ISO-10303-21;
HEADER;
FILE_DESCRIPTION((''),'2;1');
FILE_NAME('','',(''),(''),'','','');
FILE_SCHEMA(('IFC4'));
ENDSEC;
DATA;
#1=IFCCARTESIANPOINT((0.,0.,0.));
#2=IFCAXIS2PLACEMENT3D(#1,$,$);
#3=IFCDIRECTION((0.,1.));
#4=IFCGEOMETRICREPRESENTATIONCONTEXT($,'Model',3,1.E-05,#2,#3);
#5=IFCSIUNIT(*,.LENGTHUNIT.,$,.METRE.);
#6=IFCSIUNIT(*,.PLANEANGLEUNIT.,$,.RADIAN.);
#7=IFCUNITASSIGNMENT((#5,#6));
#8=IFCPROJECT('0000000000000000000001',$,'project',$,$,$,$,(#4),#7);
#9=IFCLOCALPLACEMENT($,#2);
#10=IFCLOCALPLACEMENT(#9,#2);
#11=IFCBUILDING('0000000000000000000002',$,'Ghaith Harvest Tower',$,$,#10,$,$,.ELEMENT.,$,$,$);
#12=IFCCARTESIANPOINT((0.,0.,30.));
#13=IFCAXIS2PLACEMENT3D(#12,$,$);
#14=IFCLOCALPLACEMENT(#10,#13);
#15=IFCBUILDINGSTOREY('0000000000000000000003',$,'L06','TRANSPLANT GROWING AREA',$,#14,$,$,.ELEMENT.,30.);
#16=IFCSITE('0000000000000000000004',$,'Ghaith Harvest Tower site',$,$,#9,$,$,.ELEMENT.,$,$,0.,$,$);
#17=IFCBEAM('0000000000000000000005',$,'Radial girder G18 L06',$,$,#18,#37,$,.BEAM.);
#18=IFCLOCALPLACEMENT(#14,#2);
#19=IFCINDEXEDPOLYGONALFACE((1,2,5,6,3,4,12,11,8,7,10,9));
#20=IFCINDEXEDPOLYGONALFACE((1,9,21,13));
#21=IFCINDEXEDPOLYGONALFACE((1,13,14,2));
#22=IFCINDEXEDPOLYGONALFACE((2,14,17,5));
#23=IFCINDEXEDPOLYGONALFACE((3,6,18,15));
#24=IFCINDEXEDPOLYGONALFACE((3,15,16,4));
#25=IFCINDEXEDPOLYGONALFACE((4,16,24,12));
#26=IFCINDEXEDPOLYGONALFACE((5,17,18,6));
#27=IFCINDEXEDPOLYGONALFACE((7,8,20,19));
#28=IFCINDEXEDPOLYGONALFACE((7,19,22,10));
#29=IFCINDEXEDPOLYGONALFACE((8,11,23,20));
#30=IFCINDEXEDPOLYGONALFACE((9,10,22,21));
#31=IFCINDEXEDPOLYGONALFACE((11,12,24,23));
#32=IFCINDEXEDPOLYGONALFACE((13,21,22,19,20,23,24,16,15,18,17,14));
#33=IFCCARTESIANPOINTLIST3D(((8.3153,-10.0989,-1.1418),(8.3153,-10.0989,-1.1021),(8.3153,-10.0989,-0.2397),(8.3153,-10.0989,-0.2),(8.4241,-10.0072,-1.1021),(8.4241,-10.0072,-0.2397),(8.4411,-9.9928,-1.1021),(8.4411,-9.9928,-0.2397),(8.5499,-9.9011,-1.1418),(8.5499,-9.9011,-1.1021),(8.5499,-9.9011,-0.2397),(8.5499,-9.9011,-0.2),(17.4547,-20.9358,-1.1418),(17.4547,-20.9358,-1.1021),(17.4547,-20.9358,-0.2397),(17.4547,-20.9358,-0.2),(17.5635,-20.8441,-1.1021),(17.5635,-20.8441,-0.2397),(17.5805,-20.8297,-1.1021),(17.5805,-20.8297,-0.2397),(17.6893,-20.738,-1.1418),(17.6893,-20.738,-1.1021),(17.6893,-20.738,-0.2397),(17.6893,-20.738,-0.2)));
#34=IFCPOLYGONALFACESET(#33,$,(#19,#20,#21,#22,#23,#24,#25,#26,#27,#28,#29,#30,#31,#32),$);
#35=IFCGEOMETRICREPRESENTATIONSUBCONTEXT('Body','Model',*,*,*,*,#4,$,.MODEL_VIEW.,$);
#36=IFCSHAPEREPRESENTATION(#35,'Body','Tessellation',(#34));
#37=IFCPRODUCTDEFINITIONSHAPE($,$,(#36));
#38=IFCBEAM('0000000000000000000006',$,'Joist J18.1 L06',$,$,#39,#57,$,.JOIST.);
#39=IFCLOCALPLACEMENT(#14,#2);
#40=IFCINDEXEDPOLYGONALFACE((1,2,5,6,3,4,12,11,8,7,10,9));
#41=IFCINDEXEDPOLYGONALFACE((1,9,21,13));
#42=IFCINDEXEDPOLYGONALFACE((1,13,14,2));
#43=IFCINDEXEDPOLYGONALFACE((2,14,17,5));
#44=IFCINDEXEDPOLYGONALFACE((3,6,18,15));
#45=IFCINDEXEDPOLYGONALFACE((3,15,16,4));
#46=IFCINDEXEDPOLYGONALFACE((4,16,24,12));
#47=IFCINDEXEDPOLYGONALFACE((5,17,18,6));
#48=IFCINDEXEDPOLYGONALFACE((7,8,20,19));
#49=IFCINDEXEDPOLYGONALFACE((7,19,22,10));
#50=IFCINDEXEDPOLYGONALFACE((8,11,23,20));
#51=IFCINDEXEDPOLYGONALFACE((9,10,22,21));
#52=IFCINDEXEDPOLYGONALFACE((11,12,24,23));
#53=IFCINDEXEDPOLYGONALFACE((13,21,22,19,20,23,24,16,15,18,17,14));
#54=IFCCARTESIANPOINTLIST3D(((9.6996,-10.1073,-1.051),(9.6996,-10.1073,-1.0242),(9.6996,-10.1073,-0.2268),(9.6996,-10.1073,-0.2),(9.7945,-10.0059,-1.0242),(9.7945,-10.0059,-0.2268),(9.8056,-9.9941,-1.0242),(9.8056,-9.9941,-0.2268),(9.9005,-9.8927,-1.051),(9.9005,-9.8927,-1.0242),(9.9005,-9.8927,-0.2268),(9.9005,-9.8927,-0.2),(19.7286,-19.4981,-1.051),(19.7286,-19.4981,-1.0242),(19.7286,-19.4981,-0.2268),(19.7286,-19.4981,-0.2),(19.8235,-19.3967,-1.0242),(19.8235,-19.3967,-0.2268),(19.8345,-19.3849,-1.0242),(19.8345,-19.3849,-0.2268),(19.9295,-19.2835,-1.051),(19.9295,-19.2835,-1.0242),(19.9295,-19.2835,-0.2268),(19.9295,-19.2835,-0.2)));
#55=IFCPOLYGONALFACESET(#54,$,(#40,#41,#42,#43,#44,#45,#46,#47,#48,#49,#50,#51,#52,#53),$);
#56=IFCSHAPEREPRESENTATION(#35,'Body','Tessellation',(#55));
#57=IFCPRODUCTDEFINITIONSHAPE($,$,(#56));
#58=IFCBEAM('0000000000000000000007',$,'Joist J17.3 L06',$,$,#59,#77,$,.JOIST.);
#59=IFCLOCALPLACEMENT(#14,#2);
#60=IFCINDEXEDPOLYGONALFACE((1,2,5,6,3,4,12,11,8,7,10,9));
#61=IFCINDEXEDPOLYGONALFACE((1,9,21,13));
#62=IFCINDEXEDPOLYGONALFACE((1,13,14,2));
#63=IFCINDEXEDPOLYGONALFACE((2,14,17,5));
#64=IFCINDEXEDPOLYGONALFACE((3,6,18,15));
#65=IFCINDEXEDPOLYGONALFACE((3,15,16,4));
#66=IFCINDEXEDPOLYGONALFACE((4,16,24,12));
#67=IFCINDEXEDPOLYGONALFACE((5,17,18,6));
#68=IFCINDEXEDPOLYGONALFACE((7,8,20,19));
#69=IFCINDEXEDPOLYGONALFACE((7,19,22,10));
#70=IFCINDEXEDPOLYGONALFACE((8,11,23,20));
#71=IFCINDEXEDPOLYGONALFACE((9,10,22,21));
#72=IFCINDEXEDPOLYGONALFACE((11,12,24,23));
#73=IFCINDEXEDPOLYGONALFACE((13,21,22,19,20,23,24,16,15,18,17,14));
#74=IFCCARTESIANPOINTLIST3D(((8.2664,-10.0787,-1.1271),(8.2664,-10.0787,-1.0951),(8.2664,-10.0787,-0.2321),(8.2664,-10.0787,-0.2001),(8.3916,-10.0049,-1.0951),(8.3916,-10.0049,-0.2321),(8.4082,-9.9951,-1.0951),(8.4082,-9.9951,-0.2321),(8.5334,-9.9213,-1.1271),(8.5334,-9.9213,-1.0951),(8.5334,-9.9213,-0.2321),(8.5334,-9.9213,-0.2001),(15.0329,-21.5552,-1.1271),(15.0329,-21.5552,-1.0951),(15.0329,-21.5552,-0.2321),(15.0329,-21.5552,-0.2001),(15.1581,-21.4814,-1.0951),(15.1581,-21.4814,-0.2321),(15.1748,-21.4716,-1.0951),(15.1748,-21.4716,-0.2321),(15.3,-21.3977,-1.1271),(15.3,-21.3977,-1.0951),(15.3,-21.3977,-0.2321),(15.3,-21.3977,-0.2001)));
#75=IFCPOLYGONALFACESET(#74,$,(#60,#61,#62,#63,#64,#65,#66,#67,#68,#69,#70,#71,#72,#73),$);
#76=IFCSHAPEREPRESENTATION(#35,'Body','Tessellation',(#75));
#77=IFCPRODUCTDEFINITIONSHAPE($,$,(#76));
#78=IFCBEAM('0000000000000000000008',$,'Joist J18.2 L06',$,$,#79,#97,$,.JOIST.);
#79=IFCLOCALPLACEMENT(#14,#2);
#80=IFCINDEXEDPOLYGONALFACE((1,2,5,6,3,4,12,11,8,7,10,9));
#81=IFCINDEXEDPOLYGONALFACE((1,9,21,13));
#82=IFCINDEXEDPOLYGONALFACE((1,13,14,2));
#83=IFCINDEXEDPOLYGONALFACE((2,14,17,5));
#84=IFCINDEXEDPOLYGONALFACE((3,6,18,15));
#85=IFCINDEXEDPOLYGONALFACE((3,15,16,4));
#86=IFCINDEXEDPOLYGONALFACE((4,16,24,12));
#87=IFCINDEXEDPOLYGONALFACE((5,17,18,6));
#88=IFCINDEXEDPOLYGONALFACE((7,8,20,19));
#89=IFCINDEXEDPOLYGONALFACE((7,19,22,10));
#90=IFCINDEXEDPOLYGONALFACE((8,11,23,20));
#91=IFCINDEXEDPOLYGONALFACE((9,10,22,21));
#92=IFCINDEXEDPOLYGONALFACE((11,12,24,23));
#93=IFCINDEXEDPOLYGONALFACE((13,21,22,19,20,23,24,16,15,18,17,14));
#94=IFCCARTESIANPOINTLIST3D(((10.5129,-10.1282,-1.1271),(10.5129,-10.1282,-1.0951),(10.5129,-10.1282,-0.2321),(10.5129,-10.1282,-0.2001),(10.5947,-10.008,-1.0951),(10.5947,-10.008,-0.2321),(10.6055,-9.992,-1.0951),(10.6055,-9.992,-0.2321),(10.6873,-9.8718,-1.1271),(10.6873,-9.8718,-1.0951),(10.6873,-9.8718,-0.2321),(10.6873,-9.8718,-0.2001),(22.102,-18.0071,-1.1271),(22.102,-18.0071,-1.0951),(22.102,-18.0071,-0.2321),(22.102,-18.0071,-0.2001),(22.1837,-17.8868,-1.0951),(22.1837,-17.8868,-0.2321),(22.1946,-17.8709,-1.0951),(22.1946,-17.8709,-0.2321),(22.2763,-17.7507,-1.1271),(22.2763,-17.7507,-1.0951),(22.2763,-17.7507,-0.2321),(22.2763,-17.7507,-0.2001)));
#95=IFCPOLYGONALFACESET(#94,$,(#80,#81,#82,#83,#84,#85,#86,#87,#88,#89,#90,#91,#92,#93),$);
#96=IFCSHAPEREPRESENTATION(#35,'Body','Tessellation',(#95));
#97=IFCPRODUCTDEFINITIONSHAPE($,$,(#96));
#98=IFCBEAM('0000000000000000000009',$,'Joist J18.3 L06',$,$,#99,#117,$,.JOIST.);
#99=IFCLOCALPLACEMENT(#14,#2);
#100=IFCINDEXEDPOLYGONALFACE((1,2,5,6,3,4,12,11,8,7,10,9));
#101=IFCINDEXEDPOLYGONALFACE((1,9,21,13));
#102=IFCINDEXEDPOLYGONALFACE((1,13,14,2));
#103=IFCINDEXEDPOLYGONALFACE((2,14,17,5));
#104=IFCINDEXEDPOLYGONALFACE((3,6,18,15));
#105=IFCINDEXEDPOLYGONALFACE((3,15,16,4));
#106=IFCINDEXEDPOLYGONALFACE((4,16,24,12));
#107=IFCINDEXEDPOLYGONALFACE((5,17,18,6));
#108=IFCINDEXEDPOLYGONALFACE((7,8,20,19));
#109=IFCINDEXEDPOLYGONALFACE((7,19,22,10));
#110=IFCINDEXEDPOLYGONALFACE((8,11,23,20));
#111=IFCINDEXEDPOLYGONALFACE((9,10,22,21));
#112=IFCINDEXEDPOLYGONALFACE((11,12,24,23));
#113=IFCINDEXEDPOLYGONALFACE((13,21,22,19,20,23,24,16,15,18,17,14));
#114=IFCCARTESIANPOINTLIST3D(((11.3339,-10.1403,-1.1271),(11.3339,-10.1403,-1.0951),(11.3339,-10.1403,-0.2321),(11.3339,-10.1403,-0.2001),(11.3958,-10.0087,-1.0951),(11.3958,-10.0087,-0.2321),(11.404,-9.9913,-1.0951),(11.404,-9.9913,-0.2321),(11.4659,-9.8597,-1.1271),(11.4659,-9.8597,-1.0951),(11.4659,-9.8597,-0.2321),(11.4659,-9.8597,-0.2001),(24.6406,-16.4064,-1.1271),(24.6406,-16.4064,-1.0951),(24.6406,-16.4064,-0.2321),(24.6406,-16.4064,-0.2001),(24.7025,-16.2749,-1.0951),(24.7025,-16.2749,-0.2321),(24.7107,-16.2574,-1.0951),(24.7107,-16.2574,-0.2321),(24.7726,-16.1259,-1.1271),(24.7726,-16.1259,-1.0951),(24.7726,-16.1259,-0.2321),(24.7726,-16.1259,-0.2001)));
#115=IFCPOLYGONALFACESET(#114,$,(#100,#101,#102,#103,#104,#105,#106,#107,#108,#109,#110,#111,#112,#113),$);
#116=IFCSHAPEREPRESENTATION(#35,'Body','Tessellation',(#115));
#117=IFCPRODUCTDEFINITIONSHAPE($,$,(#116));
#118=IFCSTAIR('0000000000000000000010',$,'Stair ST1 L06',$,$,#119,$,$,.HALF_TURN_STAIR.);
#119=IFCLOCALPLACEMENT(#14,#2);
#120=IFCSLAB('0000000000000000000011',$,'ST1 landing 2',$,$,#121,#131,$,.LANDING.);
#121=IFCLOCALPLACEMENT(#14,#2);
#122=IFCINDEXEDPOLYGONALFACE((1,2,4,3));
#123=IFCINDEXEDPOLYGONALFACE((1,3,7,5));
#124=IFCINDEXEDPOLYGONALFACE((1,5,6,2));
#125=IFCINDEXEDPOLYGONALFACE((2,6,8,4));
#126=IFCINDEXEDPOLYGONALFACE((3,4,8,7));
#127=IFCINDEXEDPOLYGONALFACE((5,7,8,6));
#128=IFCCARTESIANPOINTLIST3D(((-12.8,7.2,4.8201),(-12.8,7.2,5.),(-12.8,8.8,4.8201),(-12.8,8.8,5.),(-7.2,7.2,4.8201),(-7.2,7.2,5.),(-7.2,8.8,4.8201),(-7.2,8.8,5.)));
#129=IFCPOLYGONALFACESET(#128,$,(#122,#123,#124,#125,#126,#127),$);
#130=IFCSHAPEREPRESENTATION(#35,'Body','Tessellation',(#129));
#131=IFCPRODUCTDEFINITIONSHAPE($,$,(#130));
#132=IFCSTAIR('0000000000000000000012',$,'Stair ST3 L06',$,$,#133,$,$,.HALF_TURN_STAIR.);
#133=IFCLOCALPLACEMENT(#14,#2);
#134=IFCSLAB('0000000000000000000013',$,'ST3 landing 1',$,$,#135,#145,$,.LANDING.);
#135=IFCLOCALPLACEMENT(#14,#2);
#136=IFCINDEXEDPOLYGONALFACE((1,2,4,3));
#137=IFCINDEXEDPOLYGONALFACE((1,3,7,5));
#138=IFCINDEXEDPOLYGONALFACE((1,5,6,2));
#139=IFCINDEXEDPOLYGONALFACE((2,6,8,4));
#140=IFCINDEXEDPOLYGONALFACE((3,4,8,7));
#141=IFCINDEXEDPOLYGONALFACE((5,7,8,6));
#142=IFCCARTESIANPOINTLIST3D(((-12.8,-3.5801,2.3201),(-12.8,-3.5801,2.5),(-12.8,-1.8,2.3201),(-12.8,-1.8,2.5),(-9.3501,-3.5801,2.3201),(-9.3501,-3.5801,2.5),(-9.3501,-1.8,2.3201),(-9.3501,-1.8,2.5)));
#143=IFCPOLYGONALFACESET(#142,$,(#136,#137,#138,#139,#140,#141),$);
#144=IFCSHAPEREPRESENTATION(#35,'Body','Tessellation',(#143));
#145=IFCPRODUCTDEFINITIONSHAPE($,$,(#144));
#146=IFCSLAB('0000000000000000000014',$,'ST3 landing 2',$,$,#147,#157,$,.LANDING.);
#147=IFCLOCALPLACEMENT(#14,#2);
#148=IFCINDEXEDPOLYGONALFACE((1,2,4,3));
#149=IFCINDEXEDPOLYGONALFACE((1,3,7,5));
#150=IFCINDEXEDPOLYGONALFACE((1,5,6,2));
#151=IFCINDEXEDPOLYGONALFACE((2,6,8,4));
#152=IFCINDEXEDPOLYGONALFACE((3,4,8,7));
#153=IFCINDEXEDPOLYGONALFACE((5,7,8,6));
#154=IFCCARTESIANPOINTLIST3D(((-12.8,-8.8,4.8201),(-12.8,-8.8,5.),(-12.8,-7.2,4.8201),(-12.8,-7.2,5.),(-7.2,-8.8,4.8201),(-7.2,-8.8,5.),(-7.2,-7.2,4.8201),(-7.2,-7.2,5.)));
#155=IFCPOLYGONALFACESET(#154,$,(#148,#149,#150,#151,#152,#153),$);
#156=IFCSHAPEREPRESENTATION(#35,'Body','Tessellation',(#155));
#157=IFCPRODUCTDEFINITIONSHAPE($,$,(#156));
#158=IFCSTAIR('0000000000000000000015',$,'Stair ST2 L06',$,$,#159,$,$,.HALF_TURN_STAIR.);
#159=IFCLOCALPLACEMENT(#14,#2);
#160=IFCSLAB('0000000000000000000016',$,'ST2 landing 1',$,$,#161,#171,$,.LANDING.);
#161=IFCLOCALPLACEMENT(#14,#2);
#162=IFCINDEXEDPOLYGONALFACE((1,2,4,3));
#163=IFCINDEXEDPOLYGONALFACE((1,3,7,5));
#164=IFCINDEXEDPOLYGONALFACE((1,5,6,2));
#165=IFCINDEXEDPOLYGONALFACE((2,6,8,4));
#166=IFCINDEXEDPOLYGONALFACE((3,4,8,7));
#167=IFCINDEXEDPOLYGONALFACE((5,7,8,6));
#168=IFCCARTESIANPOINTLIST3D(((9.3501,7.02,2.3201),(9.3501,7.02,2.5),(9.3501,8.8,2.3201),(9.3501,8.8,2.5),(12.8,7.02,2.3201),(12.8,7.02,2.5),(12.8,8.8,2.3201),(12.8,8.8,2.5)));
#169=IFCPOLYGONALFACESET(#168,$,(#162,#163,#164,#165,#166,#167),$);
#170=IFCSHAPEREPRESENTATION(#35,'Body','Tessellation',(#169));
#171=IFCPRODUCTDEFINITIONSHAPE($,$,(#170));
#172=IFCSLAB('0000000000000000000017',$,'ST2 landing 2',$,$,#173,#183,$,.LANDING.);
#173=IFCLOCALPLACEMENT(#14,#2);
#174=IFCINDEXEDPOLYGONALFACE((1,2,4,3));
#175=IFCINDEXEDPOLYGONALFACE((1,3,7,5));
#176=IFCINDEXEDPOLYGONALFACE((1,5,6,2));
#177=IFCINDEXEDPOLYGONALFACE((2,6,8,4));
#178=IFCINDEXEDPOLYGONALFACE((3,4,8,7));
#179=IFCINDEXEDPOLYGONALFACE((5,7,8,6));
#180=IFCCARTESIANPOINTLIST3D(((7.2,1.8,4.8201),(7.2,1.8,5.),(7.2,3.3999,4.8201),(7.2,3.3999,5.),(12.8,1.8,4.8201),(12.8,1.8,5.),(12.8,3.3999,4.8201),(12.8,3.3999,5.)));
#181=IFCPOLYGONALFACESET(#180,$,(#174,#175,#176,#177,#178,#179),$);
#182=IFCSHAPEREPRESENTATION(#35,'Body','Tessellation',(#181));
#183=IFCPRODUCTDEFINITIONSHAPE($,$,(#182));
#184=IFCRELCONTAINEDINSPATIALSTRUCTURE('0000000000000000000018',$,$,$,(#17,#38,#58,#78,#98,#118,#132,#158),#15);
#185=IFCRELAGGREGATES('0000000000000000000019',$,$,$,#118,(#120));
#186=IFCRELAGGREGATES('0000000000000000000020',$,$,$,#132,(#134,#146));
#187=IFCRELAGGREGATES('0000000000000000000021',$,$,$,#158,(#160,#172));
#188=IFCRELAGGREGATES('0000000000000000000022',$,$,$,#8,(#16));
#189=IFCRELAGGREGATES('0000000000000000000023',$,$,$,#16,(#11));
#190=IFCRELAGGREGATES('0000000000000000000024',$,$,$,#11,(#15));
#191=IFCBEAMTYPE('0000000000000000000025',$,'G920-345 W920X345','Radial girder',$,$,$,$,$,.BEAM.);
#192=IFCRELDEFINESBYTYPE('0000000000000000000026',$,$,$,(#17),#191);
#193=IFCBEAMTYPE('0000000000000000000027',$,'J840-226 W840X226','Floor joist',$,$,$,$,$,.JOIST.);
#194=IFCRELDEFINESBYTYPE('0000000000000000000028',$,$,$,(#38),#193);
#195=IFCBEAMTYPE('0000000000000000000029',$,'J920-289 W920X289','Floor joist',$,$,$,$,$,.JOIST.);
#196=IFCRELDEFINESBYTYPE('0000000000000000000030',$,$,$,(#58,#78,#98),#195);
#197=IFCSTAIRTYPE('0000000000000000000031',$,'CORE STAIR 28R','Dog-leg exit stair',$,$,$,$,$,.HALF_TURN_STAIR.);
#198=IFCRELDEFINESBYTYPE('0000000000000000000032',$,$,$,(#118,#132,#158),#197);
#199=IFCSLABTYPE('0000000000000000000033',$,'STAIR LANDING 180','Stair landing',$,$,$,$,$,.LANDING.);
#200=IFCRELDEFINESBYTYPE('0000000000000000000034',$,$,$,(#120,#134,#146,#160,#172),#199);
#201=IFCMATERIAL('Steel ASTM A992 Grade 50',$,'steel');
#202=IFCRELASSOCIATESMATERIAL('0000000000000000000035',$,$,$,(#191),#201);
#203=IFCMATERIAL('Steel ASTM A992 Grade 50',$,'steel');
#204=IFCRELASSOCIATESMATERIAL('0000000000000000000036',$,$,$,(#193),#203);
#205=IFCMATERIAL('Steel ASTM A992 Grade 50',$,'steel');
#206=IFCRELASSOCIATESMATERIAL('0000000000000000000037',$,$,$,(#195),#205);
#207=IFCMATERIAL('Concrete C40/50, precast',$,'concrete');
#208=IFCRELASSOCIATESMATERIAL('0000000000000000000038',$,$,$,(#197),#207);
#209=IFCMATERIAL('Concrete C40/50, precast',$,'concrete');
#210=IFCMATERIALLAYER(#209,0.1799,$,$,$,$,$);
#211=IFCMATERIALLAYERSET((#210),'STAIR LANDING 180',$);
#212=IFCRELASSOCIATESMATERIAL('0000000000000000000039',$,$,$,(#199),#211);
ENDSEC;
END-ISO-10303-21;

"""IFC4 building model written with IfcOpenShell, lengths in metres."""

from ifc_helpers import new_model, si_unit, direction, frame, origin, origin_2d, place, context, subcontext, project, spatial, polyline, i_section, outline, extrude, material, layer, layer_set, material_profile, profile_set, type_object, element, aggregate, save


model = new_model("IFC4")

# Units and contexts
model_context = context("Model", 3, precision=1e-05, world=origin(), true_north=direction((0.0, 1.0)))
body_context = subcontext(model_context, "Body", "Model", "MODEL_VIEW")
ifc_project = project(units=[si_unit("LENGTHUNIT", "METRE"), si_unit("PLANEANGLEUNIT", "RADIAN")], contexts=[model_context])

# Site, building, storey
site_placement = place(None, origin())
site = spatial("IfcSite", under=ifc_project, at=site_placement, Name="Ghaith Harvest Tower site", CompositionType="ELEMENT", RefElevation=0.0)
building_placement = place(site_placement, origin())
building = spatial("IfcBuilding", under=site, at=building_placement, Name="Ghaith Harvest Tower", CompositionType="ELEMENT")
storey_placement = place(building_placement, frame((0.0, 0.0, 30.0)))
storey = spatial("IfcBuildingStorey", under=building, at=storey_placement, Name="L06", Description="TRANSPLANT GROWING AREA", CompositionType="ELEMENT", Elevation=30.0)

# Beams
ifc_material_1 = material(Name="Steel ASTM A992 Grade 50", Category="steel")
ifc_material_profile_1 = material_profile(ifc_material_1, i_section(OverallWidth=0.3069, OverallDepth=0.9419, WebThickness=0.0222, FlangeThickness=0.0398, at=origin_2d()), Name="W920X345")
ifc_profile_set_1 = profile_set([ifc_material_profile_1], Name="Steel ASTM A992 Grade 50")
beam_type_1 = type_object("IfcBeamType", Name="G920-345 W920X345", Description="Radial girder", PredefinedType="BEAM", material=ifc_profile_set_1)
beam_1_placement = place(storey_placement, frame((8.4326, -10.0, -0.6709), z_axis=(0.644696, -0.764439, 0.0), x_axis=(0.764439, 0.644696, 0.0)))
element("IfcBeam", 1, at=beam_1_placement, inside=storey, type_object=beam_type_1, Name="Radial girder G18 L06", PredefinedType="BEAM", context=body_context, shape_type="SweptSolid", body=[
    extrude(i_section(OverallWidth=0.3069, OverallDepth=0.9419, WebThickness=0.0222, FlangeThickness=0.0398, at=origin_2d()), origin(), (0.0, 0.0, 1.0), 14.1763),
])
ifc_material_2 = material(Name="Steel ASTM A992 Grade 50", Category="steel")
ifc_material_profile_2 = material_profile(ifc_material_2, i_section(OverallWidth=0.2939, OverallDepth=0.8511, WebThickness=0.0161, FlangeThickness=0.0269, at=origin_2d()), Name="W840X226")
ifc_profile_set_2 = profile_set([ifc_material_profile_2], Name="Steel ASTM A992 Grade 50")
beam_type_2 = type_object("IfcBeamType", Name="J840-226 W840X226", Description="Floor joist", PredefinedType="JOIST", material=ifc_profile_set_2)
beam_2_placement = place(storey_placement, frame((9.8, -10.0, -0.6255), z_axis=(0.72995, -0.683501, 0.0), x_axis=(0.683501, 0.72995, 0.0)))
element("IfcBeam", 2, at=beam_2_placement, inside=storey, type_object=beam_type_2, Name="Joist J18.1 L06", PredefinedType="JOIST", context=body_context, shape_type="SweptSolid", body=[
    extrude(i_section(OverallWidth=0.2939, OverallDepth=0.8511, WebThickness=0.0161, FlangeThickness=0.0269, at=origin_2d()), origin(), (0.0, 0.0, 1.0), 13.7393),
])
ifc_material_3 = material(Name="Steel ASTM A992 Grade 50", Category="steel")
ifc_material_profile_3 = material_profile(ifc_material_3, i_section(OverallWidth=0.3101, OverallDepth=0.927, WebThickness=0.0193, FlangeThickness=0.032, at=origin_2d()), Name="W920X289")
ifc_profile_set_3 = profile_set([ifc_material_profile_3], Name="Steel ASTM A992 Grade 50")
beam_type_3 = type_object("IfcBeamType", Name="J920-289 W920X289", Description="Floor joist", PredefinedType="JOIST", material=ifc_profile_set_3)
beam_3_placement = place(storey_placement, frame((8.3999, -10.0, -0.6636), z_axis=(0.507894, -0.861419, 0.0), x_axis=(0.861419, 0.507894, 0.0)))
element("IfcBeam", 3, at=beam_3_placement, inside=storey, type_object=beam_type_3, Name="Joist J17.3 L06", PredefinedType="JOIST", context=body_context, shape_type="SweptSolid", body=[
    extrude(i_section(OverallWidth=0.3101, OverallDepth=0.927, WebThickness=0.0193, FlangeThickness=0.032, at=origin_2d()), origin(), (0.0, 0.0, 1.0), 13.3228),
])
beam_4_placement = place(storey_placement, frame((10.6001, -10.0, -0.6636), z_axis=(0.826983, -0.562228, 0.0), x_axis=(0.562228, 0.826983, 0.0)))
element("IfcBeam", 4, at=beam_4_placement, inside=storey, type_object=beam_type_3, Name="Joist J18.2 L06", PredefinedType="JOIST", context=body_context, shape_type="SweptSolid", body=[
    extrude(i_section(OverallWidth=0.3101, OverallDepth=0.927, WebThickness=0.0193, FlangeThickness=0.032, at=origin_2d()), origin(), (0.0, 0.0, 1.0), 14.0137),
])
beam_5_placement = place(storey_placement, frame((11.3999, -10.0, -0.6636), z_axis=(0.90471, -0.426029, 0.0), x_axis=(0.426029, 0.90471, 0.0)))
element("IfcBeam", 5, at=beam_5_placement, inside=storey, type_object=beam_type_3, Name="Joist J18.3 L06", PredefinedType="JOIST", context=body_context, shape_type="SweptSolid", body=[
    extrude(i_section(OverallWidth=0.3101, OverallDepth=0.927, WebThickness=0.0193, FlangeThickness=0.032, at=origin_2d()), origin(), (0.0, 0.0, 1.0), 14.7083),
])

# Stair, slab
ifc_material_4 = material(Name="Concrete C40/50, precast", Category="concrete")
stair_type = type_object("IfcStairType", Name="CORE STAIR 28R", Description="Dog-leg exit stair", PredefinedType="HALF_TURN_STAIR", material=ifc_material_4)
stair_1_placement = place(storey_placement, origin())
stair_1 = element("IfcStair", 6, at=stair_1_placement, inside=storey, type_object=stair_type, Name="Stair ST1 L06", PredefinedType="HALF_TURN_STAIR")
ifc_material_5 = material(Name="Concrete C40/50, precast", Category="concrete")
ifc_layer_1 = layer(ifc_material_5, 0.1799)
ifc_layer_set_1 = layer_set([ifc_layer_1], Name="STAIR LANDING 180")
slab_type = type_object("IfcSlabType", Name="STAIR LANDING 180", Description="Stair landing", PredefinedType="LANDING", material=ifc_layer_set_1)
slab_1_placement = place(storey_placement, frame((0.0, 0.0, 4.8201)))
slab_1 = element("IfcSlab", 7, at=slab_1_placement, type_object=slab_type, Name="ST1 landing 2", PredefinedType="LANDING", context=body_context, shape_type="SweptSolid", body=[
    extrude(outline(polyline([(-12.8, 8.8), (-12.8, 7.2), (-7.2, 7.2), (-7.2, 8.8), (-12.8, 8.8)])), origin(), (0.0, 0.0, 1.0), 0.1799),
])
aggregate(stair_1, [slab_1])

# Stairs, slabs
stair_2_placement = place(storey_placement, origin())
stair_2 = element("IfcStair", 8, at=stair_2_placement, inside=storey, type_object=stair_type, Name="Stair ST3 L06", PredefinedType="HALF_TURN_STAIR")
slab_2_placement = place(storey_placement, frame((0.0, 0.0, 2.3201)))
slab_2 = element("IfcSlab", 9, at=slab_2_placement, type_object=slab_type, Name="ST3 landing 1", PredefinedType="LANDING", context=body_context, shape_type="SweptSolid", body=[
    extrude(outline(polyline([(-12.8, -3.5801), (-12.8, -1.8), (-9.3501, -1.8), (-9.3501, -3.5801), (-12.8, -3.5801)])), origin(), (0.0, 0.0, 1.0), 0.1799),
])
slab_3_placement = place(storey_placement, frame((0.0, 0.0, 4.8201)))
slab_3 = element("IfcSlab", 10, at=slab_3_placement, type_object=slab_type, Name="ST3 landing 2", PredefinedType="LANDING", context=body_context, shape_type="SweptSolid", body=[
    extrude(outline(polyline([(-12.8, -8.8), (-12.8, -7.2), (-7.2, -7.2), (-7.2, -8.8), (-12.8, -8.8)])), origin(), (0.0, 0.0, 1.0), 0.1799),
])
aggregate(stair_2, [slab_2, slab_3])
stair_3_placement = place(storey_placement, origin())
stair_3 = element("IfcStair", 11, at=stair_3_placement, inside=storey, type_object=stair_type, Name="Stair ST2 L06", PredefinedType="HALF_TURN_STAIR")
slab_4_placement = place(storey_placement, frame((0.0, 0.0, 2.3201)))
slab_4 = element("IfcSlab", 12, at=slab_4_placement, type_object=slab_type, Name="ST2 landing 1", PredefinedType="LANDING", context=body_context, shape_type="SweptSolid", body=[
    extrude(outline(polyline([(12.8, 7.02), (12.8, 8.8), (9.3501, 8.8), (9.3501, 7.02), (12.8, 7.02)])), origin(), (0.0, 0.0, 1.0), 0.1799),
])
slab_5_placement = place(storey_placement, frame((0.0, 0.0, 4.8201)))
slab_5 = element("IfcSlab", 13, at=slab_5_placement, type_object=slab_type, Name="ST2 landing 2", PredefinedType="LANDING", context=body_context, shape_type="SweptSolid", body=[
    extrude(outline(polyline([(12.8, 1.8), (12.8, 3.3999), (7.2, 3.3999), (7.2, 1.8), (12.8, 1.8)])), origin(), (0.0, 0.0, 1.0), 0.1799),
])
aggregate(stair_3, [slab_4, slab_5])

save(model, "model.ifc")
